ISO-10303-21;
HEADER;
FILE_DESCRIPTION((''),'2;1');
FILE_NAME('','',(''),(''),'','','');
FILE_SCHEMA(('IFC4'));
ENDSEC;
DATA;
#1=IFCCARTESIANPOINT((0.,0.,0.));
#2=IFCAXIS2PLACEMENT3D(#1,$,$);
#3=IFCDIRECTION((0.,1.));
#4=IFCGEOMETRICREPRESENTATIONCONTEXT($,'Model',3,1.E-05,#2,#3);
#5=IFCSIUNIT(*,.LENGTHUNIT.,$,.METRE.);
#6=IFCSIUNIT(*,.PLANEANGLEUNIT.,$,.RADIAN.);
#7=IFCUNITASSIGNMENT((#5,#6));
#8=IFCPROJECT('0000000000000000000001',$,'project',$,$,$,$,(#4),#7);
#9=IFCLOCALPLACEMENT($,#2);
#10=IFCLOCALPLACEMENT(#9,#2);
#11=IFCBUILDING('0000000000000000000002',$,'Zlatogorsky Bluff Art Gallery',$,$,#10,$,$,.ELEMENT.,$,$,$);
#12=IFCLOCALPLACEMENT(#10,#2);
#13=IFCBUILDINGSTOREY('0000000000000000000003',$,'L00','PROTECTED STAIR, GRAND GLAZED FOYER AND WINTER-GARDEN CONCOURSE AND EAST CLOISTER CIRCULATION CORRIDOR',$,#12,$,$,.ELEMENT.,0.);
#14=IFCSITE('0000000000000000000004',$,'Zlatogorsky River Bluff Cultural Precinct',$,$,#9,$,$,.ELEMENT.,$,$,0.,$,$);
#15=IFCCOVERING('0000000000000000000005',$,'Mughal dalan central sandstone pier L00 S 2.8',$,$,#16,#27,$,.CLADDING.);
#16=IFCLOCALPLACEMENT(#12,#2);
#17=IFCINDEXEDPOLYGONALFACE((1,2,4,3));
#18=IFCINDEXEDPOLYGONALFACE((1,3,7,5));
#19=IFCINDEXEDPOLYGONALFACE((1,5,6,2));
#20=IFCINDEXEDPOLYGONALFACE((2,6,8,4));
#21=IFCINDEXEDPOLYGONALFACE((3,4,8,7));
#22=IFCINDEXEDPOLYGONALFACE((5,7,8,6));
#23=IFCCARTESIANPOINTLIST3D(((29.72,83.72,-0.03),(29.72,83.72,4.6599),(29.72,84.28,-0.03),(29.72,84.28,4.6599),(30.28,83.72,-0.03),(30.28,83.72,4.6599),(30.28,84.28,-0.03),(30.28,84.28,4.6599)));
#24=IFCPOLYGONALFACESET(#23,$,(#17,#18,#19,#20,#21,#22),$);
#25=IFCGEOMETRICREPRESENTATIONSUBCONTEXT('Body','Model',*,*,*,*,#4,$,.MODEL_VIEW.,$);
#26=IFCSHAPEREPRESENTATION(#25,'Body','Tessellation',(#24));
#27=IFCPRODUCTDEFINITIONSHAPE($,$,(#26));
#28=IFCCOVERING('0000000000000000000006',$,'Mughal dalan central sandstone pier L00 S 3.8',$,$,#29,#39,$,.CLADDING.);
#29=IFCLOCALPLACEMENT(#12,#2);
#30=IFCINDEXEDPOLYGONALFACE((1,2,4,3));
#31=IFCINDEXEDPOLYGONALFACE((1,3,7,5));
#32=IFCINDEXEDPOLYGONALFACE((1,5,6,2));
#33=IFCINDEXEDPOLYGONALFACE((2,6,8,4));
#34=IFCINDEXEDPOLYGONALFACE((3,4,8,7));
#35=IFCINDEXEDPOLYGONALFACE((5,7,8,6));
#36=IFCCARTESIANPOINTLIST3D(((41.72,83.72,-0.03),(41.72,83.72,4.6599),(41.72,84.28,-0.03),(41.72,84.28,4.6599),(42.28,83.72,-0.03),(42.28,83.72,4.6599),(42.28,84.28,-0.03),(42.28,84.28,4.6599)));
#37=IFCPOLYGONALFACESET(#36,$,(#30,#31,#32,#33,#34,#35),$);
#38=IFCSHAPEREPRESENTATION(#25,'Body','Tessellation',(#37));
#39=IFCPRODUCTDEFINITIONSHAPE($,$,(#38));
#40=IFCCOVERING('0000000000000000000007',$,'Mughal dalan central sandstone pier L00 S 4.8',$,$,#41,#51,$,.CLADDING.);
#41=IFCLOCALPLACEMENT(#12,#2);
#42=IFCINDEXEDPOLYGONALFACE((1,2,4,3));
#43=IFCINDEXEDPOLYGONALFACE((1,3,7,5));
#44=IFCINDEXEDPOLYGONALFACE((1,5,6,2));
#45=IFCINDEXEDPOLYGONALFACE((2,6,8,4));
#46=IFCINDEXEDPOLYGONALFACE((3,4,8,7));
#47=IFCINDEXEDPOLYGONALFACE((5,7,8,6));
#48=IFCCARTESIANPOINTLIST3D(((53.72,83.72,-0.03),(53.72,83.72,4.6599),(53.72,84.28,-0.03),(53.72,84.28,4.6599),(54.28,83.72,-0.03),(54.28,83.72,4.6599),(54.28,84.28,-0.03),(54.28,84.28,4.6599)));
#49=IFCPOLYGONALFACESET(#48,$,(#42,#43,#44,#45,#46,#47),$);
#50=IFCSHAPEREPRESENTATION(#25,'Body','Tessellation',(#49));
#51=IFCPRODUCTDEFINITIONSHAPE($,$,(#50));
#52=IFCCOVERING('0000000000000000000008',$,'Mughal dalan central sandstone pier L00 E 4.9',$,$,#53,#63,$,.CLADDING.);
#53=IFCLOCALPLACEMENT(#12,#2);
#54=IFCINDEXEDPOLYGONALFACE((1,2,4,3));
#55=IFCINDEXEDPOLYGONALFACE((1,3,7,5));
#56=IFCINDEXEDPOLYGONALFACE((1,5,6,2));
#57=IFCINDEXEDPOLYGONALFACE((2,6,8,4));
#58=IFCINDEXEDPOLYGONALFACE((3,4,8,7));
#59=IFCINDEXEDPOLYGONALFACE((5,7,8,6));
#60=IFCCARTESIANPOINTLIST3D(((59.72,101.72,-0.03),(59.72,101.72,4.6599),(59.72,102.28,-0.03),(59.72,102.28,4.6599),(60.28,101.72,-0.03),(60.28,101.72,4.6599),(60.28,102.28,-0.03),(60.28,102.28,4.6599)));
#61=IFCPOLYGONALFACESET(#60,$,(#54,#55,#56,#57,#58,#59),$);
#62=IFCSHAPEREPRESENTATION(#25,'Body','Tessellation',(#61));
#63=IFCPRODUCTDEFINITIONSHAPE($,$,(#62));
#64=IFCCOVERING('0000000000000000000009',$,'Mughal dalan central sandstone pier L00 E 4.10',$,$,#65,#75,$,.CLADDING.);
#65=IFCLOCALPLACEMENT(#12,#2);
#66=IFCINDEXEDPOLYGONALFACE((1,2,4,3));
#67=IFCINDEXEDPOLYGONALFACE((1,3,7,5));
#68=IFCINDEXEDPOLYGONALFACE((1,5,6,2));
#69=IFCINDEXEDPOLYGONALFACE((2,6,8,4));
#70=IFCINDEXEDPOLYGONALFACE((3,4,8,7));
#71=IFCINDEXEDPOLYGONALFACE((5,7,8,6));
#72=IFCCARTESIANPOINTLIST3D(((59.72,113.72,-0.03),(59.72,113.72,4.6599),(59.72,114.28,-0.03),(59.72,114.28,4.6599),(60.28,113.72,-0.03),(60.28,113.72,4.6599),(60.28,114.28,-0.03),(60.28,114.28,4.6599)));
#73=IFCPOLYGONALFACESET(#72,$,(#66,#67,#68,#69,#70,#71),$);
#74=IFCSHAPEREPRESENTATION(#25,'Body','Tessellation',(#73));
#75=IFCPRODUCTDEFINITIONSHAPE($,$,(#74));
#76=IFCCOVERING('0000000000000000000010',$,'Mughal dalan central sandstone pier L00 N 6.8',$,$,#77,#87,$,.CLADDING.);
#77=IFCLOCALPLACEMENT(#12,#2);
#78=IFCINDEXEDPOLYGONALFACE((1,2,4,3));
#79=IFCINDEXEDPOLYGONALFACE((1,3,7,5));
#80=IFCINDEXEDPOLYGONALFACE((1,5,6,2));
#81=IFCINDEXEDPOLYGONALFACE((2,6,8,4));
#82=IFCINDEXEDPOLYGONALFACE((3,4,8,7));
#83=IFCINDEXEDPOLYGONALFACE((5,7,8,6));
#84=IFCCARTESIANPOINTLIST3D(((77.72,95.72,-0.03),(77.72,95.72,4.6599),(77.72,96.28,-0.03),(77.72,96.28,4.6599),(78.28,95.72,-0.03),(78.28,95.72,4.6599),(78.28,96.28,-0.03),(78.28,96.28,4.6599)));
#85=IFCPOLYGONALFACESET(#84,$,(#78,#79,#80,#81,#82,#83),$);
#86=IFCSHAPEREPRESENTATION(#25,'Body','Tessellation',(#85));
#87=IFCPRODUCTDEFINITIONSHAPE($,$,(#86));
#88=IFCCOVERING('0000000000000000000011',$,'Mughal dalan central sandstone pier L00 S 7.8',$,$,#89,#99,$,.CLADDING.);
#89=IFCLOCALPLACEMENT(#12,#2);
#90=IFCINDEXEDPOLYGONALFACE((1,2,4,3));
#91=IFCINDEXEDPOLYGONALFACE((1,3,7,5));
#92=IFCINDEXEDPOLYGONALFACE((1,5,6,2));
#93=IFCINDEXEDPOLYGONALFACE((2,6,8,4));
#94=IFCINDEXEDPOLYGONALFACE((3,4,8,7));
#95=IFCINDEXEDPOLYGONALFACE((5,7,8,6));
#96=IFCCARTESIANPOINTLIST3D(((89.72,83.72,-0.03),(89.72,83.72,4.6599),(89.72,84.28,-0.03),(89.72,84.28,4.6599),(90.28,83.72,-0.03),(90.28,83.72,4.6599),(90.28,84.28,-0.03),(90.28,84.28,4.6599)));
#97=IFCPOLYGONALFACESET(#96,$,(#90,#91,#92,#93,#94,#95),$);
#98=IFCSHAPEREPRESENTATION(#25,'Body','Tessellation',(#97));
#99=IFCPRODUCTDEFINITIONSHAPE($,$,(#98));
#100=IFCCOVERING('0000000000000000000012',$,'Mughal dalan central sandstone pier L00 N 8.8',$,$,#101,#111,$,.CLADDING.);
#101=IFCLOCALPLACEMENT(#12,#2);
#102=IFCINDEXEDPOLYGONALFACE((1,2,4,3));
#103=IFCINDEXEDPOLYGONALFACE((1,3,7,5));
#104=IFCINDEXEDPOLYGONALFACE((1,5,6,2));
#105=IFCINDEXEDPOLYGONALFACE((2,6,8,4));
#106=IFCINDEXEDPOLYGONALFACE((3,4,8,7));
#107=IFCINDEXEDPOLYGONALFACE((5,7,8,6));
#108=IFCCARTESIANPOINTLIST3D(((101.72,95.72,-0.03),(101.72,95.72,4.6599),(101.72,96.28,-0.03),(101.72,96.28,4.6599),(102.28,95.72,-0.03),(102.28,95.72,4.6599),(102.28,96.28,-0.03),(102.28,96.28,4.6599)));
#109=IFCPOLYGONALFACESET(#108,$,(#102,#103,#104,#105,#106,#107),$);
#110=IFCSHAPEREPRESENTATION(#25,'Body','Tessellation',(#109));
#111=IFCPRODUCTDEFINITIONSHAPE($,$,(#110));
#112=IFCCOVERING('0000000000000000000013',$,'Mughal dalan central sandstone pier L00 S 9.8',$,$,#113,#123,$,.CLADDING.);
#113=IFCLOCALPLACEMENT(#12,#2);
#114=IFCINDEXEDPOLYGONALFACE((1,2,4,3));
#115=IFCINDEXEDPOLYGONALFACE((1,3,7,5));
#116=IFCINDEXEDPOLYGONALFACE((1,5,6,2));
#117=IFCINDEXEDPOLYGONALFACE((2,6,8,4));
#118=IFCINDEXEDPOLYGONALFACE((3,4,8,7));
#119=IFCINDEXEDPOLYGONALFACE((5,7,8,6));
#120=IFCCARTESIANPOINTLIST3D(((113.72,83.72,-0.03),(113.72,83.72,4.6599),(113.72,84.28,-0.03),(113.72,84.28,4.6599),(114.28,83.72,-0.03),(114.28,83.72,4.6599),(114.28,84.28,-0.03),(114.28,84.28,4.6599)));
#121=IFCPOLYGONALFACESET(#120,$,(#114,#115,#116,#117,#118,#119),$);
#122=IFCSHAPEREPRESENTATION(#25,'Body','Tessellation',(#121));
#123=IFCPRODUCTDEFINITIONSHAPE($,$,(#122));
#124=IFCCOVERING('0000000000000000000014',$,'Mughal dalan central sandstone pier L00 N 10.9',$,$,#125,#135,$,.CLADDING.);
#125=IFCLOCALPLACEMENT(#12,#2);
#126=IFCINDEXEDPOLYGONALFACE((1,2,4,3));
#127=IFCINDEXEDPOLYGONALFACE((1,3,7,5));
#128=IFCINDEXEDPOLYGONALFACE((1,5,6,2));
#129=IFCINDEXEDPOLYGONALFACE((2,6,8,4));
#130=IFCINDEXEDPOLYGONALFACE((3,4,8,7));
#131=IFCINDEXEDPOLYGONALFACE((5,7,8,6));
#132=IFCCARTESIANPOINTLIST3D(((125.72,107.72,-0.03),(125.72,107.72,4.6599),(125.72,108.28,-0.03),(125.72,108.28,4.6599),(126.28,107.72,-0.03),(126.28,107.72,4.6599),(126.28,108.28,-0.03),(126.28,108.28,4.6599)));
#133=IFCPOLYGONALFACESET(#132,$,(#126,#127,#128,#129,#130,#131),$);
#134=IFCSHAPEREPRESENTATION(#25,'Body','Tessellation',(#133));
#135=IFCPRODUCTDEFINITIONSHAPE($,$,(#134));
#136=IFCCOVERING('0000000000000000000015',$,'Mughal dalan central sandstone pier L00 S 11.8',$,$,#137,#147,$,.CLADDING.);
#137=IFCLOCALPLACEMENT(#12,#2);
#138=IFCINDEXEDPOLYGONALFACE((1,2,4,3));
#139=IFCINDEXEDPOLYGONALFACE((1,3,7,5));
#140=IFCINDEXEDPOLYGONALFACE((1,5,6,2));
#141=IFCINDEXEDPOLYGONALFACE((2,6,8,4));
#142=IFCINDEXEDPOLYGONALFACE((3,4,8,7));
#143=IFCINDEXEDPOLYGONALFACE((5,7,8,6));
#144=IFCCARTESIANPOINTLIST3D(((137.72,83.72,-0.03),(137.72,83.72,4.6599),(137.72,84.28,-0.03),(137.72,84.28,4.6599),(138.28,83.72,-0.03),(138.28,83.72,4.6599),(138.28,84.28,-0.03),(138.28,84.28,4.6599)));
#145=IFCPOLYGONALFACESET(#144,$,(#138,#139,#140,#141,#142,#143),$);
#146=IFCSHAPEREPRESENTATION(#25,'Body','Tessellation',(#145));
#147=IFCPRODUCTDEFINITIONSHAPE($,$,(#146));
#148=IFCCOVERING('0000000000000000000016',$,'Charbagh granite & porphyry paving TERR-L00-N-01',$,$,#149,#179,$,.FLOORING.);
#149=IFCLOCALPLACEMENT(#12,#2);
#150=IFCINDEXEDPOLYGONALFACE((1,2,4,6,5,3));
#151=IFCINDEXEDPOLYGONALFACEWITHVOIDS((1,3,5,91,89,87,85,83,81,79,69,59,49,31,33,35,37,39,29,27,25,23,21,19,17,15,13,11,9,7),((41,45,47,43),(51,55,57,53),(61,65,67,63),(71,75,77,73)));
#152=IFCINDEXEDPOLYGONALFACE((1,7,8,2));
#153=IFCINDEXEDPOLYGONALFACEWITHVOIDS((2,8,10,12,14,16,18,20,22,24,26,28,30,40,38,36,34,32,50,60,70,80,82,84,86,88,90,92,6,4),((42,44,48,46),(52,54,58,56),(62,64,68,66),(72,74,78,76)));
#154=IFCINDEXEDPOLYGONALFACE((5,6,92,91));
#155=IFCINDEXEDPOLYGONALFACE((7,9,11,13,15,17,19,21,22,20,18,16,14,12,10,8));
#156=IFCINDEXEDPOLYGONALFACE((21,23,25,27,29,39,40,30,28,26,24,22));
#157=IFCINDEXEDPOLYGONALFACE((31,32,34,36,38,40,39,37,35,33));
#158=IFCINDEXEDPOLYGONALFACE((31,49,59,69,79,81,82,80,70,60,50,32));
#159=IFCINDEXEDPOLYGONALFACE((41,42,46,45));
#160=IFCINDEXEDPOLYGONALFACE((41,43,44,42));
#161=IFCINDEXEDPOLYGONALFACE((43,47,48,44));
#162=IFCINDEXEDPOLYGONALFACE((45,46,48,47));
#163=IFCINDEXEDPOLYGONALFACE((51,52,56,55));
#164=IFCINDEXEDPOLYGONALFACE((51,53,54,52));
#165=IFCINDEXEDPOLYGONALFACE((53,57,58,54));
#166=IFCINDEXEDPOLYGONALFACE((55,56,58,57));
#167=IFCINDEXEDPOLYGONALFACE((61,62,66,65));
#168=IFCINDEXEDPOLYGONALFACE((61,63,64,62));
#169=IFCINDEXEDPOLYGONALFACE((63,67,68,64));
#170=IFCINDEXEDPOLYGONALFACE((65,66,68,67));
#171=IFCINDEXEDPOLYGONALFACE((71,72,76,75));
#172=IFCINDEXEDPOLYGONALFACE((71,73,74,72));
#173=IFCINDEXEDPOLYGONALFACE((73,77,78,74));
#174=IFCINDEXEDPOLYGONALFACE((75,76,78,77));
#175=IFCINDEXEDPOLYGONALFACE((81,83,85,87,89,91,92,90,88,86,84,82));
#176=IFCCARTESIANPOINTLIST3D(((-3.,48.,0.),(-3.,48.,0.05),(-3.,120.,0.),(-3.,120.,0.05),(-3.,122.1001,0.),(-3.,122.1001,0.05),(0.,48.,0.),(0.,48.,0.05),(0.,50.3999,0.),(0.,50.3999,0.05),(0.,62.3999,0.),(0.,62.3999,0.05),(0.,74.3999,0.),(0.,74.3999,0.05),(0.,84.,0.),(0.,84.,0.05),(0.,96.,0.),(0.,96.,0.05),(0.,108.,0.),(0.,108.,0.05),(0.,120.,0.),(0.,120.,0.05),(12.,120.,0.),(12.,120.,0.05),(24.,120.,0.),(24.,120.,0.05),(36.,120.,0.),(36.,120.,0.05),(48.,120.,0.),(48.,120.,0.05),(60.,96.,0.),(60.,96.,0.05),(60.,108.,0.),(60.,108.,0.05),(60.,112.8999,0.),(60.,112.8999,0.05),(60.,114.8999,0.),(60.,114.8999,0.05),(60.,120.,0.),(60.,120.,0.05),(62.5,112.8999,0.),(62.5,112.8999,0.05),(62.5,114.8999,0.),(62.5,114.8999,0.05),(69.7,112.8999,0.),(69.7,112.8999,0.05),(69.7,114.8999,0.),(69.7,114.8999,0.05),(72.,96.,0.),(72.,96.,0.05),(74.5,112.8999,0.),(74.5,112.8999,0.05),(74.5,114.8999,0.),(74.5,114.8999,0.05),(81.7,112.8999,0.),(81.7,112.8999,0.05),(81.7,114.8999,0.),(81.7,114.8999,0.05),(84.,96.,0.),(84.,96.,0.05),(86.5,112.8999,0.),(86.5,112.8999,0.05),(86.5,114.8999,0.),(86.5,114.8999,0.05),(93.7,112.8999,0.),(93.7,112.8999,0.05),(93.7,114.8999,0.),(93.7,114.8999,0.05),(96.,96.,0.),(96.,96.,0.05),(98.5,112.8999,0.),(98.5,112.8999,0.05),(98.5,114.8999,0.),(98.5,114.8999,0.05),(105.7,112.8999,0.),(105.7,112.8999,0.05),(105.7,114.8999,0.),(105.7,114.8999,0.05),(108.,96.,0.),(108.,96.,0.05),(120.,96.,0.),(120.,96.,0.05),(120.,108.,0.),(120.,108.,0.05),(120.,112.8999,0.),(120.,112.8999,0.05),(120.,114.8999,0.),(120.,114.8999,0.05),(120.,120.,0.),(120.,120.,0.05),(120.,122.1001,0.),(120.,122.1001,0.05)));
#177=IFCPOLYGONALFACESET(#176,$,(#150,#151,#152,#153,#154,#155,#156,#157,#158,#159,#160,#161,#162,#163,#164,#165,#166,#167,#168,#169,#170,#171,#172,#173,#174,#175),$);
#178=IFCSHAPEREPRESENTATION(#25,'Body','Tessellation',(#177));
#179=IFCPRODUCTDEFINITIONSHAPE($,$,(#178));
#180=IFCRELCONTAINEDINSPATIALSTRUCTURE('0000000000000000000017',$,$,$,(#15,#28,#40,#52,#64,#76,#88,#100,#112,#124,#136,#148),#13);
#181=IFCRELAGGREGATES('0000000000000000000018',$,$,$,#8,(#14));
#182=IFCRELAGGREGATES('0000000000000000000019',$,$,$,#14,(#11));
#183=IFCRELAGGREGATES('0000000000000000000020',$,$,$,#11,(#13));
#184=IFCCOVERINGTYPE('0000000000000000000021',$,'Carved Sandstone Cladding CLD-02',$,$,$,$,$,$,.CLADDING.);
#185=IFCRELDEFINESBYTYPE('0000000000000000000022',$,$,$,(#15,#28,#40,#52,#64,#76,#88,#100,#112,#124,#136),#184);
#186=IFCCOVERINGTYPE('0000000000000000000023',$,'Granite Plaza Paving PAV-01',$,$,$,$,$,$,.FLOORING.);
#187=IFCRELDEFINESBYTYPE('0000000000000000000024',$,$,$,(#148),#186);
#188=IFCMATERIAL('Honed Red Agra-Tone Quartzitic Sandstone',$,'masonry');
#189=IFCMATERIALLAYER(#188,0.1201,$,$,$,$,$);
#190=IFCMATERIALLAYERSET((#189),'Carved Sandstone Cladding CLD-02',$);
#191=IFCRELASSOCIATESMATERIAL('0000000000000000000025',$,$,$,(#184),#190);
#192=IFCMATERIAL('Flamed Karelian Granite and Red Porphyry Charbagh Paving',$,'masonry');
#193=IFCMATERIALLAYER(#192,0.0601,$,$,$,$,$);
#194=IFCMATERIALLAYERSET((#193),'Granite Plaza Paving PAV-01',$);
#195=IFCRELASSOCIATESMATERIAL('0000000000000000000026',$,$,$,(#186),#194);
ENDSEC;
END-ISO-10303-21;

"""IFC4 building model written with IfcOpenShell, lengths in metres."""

from ifc_helpers import new_model, si_unit, direction, frame, origin, place, context, subcontext, project, spatial, polyline, outline, extrude, material, layer, layer_set, type_object, element, save


model = new_model("IFC4")

# Units and contexts
model_context = context("Model", 3, precision=1e-05, world=origin(), true_north=direction((0.0, 1.0)))
body_context = subcontext(model_context, "Body", "Model", "MODEL_VIEW")
ifc_project = project(units=[si_unit("LENGTHUNIT", "METRE"), si_unit("PLANEANGLEUNIT", "RADIAN")], contexts=[model_context])

# Site, building, storey
site_placement = place(None, origin())
site = spatial("IfcSite", under=ifc_project, at=site_placement, Name="Zlatogorsky River Bluff Cultural Precinct", CompositionType="ELEMENT", RefElevation=0.0)
building_placement = place(site_placement, origin())
building = spatial("IfcBuilding", under=site, at=building_placement, Name="Zlatogorsky Bluff Art Gallery", CompositionType="ELEMENT")
storey_placement = place(building_placement, origin())
storey = spatial("IfcBuildingStorey", under=building, at=storey_placement, Name="L00", Description="PROTECTED STAIR, GRAND GLAZED FOYER AND WINTER-GARDEN CONCOURSE AND EAST CLOISTER CIRCULATION CORRIDOR", CompositionType="ELEMENT", Elevation=0.0)

# Coverings
ifc_material_1 = material(Name="Honed Red Agra-Tone Quartzitic Sandstone", Category="masonry")
ifc_layer_1 = layer(ifc_material_1, 0.1201)
ifc_layer_set_1 = layer_set([ifc_layer_1], Name="Carved Sandstone Cladding CLD-02")
covering_type_1 = type_object("IfcCoveringType", Name="Carved Sandstone Cladding CLD-02", PredefinedType="CLADDING", material=ifc_layer_set_1)
covering_1_placement = place(storey_placement, frame((0.0, 0.0, -0.03)))
element("IfcCovering", 1, at=covering_1_placement, inside=storey, type_object=covering_type_1, Name="Mughal dalan central sandstone pier L00 S 2.8", PredefinedType="CLADDING", context=body_context, shape_type="SweptSolid", body=[
    extrude(outline(polyline([(29.72, 83.72), (30.28, 83.72), (30.28, 84.28), (29.72, 84.28), (29.72, 83.72)])), origin(), (0.0, 0.0, 1.0), 4.6899),
])
covering_2_placement = place(storey_placement, frame((0.0, 0.0, -0.03)))
element("IfcCovering", 2, at=covering_2_placement, inside=storey, type_object=covering_type_1, Name="Mughal dalan central sandstone pier L00 S 3.8", PredefinedType="CLADDING", context=body_context, shape_type="SweptSolid", body=[
    extrude(outline(polyline([(41.72, 83.72), (42.28, 83.72), (42.28, 84.28), (41.72, 84.28), (41.72, 83.72)])), origin(), (0.0, 0.0, 1.0), 4.6899),
])
covering_3_placement = place(storey_placement, frame((0.0, 0.0, -0.03)))
element("IfcCovering", 3, at=covering_3_placement, inside=storey, type_object=covering_type_1, Name="Mughal dalan central sandstone pier L00 S 4.8", PredefinedType="CLADDING", context=body_context, shape_type="SweptSolid", body=[
    extrude(outline(polyline([(53.72, 83.72), (54.28, 83.72), (54.28, 84.28), (53.72, 84.28), (53.72, 83.72)])), origin(), (0.0, 0.0, 1.0), 4.6899),
])
covering_4_placement = place(storey_placement, frame((0.0, 0.0, -0.03)))
element("IfcCovering", 4, at=covering_4_placement, inside=storey, type_object=covering_type_1, Name="Mughal dalan central sandstone pier L00 E 4.9", PredefinedType="CLADDING", context=body_context, shape_type="SweptSolid", body=[
    extrude(outline(polyline([(59.72, 101.72), (60.28, 101.72), (60.28, 102.28), (59.72, 102.28), (59.72, 101.72)])), origin(), (0.0, 0.0, 1.0), 4.6899),
])
covering_5_placement = place(storey_placement, frame((0.0, 0.0, -0.03)))
element("IfcCovering", 5, at=covering_5_placement, inside=storey, type_object=covering_type_1, Name="Mughal dalan central sandstone pier L00 E 4.10", PredefinedType="CLADDING", context=body_context, shape_type="SweptSolid", body=[
    extrude(outline(polyline([(59.72, 113.72), (60.28, 113.72), (60.28, 114.28), (59.72, 114.28), (59.72, 113.72)])), origin(), (0.0, 0.0, 1.0), 4.6899),
])
covering_6_placement = place(storey_placement, frame((0.0, 0.0, -0.03)))
element("IfcCovering", 6, at=covering_6_placement, inside=storey, type_object=covering_type_1, Name="Mughal dalan central sandstone pier L00 N 6.8", PredefinedType="CLADDING", context=body_context, shape_type="SweptSolid", body=[
    extrude(outline(polyline([(77.72, 95.72), (78.28, 95.72), (78.28, 96.28), (77.72, 96.28), (77.72, 95.72)])), origin(), (0.0, 0.0, 1.0), 4.6899),
])
covering_7_placement = place(storey_placement, frame((0.0, 0.0, -0.03)))
element("IfcCovering", 7, at=covering_7_placement, inside=storey, type_object=covering_type_1, Name="Mughal dalan central sandstone pier L00 S 7.8", PredefinedType="CLADDING", context=body_context, shape_type="SweptSolid", body=[
    extrude(outline(polyline([(89.72, 83.72), (90.28, 83.72), (90.28, 84.28), (89.72, 84.28), (89.72, 83.72)])), origin(), (0.0, 0.0, 1.0), 4.6899),
])
covering_8_placement = place(storey_placement, frame((0.0, 0.0, -0.03)))
element("IfcCovering", 8, at=covering_8_placement, inside=storey, type_object=covering_type_1, Name="Mughal dalan central sandstone pier L00 N 8.8", PredefinedType="CLADDING", context=body_context, shape_type="SweptSolid", body=[
    extrude(outline(polyline([(101.72, 95.72), (102.28, 95.72), (102.28, 96.28), (101.72, 96.28), (101.72, 95.72)])), origin(), (0.0, 0.0, 1.0), 4.6899),
])
covering_9_placement = place(storey_placement, frame((0.0, 0.0, -0.03)))
element("IfcCovering", 9, at=covering_9_placement, inside=storey, type_object=covering_type_1, Name="Mughal dalan central sandstone pier L00 S 9.8", PredefinedType="CLADDING", context=body_context, shape_type="SweptSolid", body=[
    extrude(outline(polyline([(113.72, 83.72), (114.28, 83.72), (114.28, 84.28), (113.72, 84.28), (113.72, 83.72)])), origin(), (0.0, 0.0, 1.0), 4.6899),
])
covering_10_placement = place(storey_placement, frame((0.0, 0.0, -0.03)))
element("IfcCovering", 10, at=covering_10_placement, inside=storey, type_object=covering_type_1, Name="Mughal dalan central sandstone pier L00 N 10.9", PredefinedType="CLADDING", context=body_context, shape_type="SweptSolid", body=[
    extrude(outline(polyline([(125.72, 107.72), (126.28, 107.72), (126.28, 108.28), (125.72, 108.28), (125.72, 107.72)])), origin(), (0.0, 0.0, 1.0), 4.6899),
])
covering_11_placement = place(storey_placement, frame((0.0, 0.0, -0.03)))
element("IfcCovering", 11, at=covering_11_placement, inside=storey, type_object=covering_type_1, Name="Mughal dalan central sandstone pier L00 S 11.8", PredefinedType="CLADDING", context=body_context, shape_type="SweptSolid", body=[
    extrude(outline(polyline([(137.72, 83.72), (138.28, 83.72), (138.28, 84.28), (137.72, 84.28), (137.72, 83.72)])), origin(), (0.0, 0.0, 1.0), 4.6899),
])
ifc_material_2 = material(Name="Flamed Karelian Granite and Red Porphyry Charbagh Paving", Category="masonry")
ifc_layer_2 = layer(ifc_material_2, 0.0601)
ifc_layer_set_2 = layer_set([ifc_layer_2], Name="Granite Plaza Paving PAV-01")
covering_type_2 = type_object("IfcCoveringType", Name="Granite Plaza Paving PAV-01", PredefinedType="FLOORING", material=ifc_layer_set_2)
covering_12_placement = place(storey_placement, origin())
element("IfcCovering", 12, at=covering_12_placement, inside=storey, type_object=covering_type_2, Name="Charbagh granite & porphyry paving TERR-L00-N-01", PredefinedType="FLOORING", context=body_context, shape_type="SweptSolid", body=[
    extrude(outline(polyline([(-3.0, 48.0), (-3.0, 120.0), (-3.0, 122.1001), (120.0, 122.1001), (120.0, 120.0), (120.0, 114.8999), (120.0, 112.8999), (120.0, 108.0), (120.0, 96.0), (108.0, 96.0), (96.0, 96.0), (84.0, 96.0), (72.0, 96.0), (60.0, 96.0), (60.0, 108.0), (60.0, 112.8999), (60.0, 114.8999), (60.0, 120.0), (48.0, 120.0), (36.0, 120.0), (24.0, 120.0), (12.0, 120.0), (0.0, 120.0), (0.0, 108.0), (0.0, 96.0), (0.0, 84.0), (0.0, 74.3999), (0.0, 62.3999), (0.0, 50.3999), (0.0, 48.0), (-3.0, 48.0)]), holes=[polyline([(69.7, 112.8999), (69.7, 114.8999), (62.5, 114.8999), (62.5, 112.8999), (69.7, 112.8999)]), polyline([(81.7, 112.8999), (81.7, 114.8999), (74.5, 114.8999), (74.5, 112.8999), (81.7, 112.8999)]), polyline([(93.7, 114.8999), (86.5, 114.8999), (86.5, 112.8999), (93.7, 112.8999), (93.7, 114.8999)]), polyline([(105.7, 114.8999), (98.5, 114.8999), (98.5, 112.8999), (105.7, 112.8999), (105.7, 114.8999)])]), origin(), (0.0, 0.0, 1.0), 0.05),
])

save(model, "model.ifc")
